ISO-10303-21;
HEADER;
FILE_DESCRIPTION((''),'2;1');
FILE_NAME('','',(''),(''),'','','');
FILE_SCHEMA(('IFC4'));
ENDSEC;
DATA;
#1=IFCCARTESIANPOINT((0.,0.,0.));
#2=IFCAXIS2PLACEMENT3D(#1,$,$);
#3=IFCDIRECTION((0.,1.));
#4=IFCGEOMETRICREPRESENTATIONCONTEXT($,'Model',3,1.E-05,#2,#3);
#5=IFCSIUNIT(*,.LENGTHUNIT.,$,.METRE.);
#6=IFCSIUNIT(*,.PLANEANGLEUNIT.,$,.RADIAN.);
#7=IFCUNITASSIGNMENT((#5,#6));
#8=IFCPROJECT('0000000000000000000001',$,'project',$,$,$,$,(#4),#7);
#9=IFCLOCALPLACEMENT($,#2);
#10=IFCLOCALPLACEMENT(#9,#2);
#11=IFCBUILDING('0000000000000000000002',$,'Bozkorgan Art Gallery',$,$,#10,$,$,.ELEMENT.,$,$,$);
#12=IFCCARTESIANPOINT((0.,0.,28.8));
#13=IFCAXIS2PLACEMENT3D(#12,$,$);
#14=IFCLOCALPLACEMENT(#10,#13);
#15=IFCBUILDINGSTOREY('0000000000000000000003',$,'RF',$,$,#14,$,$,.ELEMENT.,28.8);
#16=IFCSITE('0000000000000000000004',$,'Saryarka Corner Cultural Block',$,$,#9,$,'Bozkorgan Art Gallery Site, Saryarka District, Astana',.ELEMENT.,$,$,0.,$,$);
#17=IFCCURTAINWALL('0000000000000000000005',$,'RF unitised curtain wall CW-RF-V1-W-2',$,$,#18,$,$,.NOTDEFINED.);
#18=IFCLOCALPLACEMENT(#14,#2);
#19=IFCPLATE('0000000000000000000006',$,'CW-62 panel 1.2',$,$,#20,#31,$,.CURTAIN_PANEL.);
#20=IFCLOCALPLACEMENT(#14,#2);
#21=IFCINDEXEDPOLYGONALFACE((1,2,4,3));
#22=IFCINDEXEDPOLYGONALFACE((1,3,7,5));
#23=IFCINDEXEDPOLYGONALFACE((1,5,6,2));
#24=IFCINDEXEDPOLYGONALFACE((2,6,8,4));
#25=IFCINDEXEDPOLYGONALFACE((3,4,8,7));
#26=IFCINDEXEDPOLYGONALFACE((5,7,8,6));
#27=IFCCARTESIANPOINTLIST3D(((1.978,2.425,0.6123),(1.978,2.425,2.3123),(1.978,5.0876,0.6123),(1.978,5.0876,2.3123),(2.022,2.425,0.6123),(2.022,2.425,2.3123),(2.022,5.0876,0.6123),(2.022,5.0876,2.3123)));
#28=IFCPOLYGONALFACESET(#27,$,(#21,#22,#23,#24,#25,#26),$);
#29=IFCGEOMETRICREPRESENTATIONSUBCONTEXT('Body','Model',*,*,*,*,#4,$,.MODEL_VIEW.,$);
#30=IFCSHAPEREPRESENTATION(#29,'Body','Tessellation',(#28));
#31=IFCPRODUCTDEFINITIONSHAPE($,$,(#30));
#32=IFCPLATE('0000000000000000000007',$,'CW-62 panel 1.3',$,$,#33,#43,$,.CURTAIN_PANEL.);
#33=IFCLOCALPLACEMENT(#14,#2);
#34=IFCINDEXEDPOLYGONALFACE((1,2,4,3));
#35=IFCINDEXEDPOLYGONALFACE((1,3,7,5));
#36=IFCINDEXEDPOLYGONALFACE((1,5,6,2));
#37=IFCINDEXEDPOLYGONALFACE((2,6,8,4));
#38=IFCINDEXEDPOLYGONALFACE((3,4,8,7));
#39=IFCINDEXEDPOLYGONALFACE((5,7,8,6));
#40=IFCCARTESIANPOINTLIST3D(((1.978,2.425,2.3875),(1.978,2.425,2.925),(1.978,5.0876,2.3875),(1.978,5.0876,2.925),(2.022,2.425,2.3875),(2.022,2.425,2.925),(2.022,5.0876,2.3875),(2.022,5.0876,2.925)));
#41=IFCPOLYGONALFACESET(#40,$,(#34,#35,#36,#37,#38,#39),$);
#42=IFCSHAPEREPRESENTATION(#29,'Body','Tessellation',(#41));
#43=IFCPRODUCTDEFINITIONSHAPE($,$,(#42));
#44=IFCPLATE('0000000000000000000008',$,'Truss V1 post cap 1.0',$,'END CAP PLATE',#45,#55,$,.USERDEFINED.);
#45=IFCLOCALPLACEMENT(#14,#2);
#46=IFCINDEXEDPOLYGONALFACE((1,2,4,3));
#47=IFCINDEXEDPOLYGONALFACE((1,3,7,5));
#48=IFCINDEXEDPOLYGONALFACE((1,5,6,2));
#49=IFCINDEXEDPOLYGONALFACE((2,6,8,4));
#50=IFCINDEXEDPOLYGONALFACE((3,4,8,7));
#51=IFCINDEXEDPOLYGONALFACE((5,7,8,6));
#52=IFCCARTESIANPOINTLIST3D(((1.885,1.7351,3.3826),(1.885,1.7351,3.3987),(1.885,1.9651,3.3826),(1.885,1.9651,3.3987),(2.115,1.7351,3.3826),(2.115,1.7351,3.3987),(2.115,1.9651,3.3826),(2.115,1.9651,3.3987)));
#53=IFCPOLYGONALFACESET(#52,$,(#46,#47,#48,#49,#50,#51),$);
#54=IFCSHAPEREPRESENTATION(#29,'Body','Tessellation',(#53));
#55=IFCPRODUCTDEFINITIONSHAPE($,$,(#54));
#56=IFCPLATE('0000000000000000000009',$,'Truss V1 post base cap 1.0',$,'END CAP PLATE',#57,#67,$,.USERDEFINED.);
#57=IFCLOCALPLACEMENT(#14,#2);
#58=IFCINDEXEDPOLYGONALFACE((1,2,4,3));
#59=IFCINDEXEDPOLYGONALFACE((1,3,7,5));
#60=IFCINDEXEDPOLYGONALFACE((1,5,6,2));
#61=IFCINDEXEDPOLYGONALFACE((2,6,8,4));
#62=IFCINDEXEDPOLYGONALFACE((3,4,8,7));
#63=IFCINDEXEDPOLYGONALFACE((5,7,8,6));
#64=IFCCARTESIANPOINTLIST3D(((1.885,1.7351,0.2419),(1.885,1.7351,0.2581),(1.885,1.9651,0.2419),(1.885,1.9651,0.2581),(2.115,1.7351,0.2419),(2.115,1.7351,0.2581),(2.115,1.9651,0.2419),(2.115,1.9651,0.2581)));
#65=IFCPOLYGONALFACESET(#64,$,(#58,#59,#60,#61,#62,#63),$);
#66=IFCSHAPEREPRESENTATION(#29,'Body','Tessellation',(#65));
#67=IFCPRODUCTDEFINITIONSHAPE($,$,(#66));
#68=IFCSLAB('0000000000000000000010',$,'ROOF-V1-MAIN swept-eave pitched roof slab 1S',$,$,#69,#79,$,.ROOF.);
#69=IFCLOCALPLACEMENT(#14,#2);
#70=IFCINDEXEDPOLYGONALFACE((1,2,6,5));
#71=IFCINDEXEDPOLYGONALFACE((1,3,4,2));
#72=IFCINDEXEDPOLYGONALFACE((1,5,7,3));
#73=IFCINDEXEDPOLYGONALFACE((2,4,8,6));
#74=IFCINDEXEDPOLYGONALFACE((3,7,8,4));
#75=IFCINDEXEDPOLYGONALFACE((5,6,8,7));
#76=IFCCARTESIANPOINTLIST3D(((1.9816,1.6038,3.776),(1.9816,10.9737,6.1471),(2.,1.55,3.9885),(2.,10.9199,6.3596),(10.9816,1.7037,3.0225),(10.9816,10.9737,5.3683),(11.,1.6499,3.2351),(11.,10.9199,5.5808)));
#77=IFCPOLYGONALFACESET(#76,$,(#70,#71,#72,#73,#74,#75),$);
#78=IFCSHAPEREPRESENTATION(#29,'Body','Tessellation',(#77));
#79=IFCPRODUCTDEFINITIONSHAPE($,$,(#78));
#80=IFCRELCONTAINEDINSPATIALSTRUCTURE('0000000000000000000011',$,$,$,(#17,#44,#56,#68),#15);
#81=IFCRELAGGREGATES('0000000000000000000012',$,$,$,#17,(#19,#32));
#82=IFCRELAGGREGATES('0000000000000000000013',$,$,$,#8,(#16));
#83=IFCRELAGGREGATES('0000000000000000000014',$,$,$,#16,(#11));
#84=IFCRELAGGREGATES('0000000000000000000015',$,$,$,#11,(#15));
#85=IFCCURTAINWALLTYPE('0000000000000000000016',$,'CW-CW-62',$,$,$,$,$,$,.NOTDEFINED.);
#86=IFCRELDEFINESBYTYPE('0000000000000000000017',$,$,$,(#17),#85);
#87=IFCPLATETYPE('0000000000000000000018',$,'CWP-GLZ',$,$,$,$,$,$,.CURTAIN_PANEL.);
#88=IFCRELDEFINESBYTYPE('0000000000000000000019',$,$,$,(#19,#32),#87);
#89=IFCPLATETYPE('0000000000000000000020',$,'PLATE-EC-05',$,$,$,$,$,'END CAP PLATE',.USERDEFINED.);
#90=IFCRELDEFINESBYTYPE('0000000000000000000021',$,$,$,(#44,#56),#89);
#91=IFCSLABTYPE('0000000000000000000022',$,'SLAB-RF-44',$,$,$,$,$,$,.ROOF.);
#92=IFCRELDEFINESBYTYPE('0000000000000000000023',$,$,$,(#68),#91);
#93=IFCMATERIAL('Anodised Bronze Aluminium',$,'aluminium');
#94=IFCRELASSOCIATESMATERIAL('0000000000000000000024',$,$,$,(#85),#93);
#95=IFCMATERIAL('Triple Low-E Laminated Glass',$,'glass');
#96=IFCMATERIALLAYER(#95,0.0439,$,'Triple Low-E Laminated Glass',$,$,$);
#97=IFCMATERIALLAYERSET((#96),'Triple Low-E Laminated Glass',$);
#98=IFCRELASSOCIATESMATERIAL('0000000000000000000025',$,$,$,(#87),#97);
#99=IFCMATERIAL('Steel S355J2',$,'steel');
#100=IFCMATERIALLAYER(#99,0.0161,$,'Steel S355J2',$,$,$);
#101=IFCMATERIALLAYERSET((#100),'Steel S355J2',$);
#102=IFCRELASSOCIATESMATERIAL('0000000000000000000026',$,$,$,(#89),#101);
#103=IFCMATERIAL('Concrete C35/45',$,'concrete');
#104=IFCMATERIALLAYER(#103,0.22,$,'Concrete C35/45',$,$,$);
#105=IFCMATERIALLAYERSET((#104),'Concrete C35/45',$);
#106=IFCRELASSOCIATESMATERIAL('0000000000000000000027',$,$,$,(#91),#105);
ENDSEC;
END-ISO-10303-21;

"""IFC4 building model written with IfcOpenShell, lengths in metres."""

from ifc_helpers import new_model, si_unit, direction, frame, origin, origin_2d, place, context, subcontext, project, spatial, polyline, rectangle, outline, extrude, material, layer, layer_set, type_object, element, aggregate, save


model = new_model("IFC4")

# Units and contexts
model_context = context("Model", 3, precision=1e-05, world=origin(), true_north=direction((0.0, 1.0)))
body_context = subcontext(model_context, "Body", "Model", "MODEL_VIEW")
ifc_project = project(units=[si_unit("LENGTHUNIT", "METRE"), si_unit("PLANEANGLEUNIT", "RADIAN")], contexts=[model_context])

# Site, building, storey
site_placement = place(None, origin())
site = spatial("IfcSite", under=ifc_project, at=site_placement, Name="Saryarka Corner Cultural Block", LongName="Bozkorgan Art Gallery Site, Saryarka District, Astana", CompositionType="ELEMENT", RefElevation=0.0)
building_placement = place(site_placement, origin())
building = spatial("IfcBuilding", under=site, at=building_placement, Name="Bozkorgan Art Gallery", CompositionType="ELEMENT")
storey_placement = place(building_placement, frame((0.0, 0.0, 28.8)))
storey = spatial("IfcBuildingStorey", under=building, at=storey_placement, Name="RF", CompositionType="ELEMENT", Elevation=28.8)

# Shared definitions
ifc_material_1 = material(Name="Steel S355J2", Category="steel")

# Curtain wall
ifc_material_2 = material(Name="Anodised Bronze Aluminium", Category="aluminium")
curtain_wall_type_1 = type_object("IfcCurtainWallType", Name="CW-CW-62", PredefinedType="NOTDEFINED", material=ifc_material_2)
curtain_wall_1_placement = place(storey_placement, origin())
curtain_wall_1 = element("IfcCurtainWall", 1, at=curtain_wall_1_placement, inside=storey, type_object=curtain_wall_type_1, Name="RF unitised curtain wall CW-RF-V1-W-2", PredefinedType="NOTDEFINED")

# Plates
ifc_material_3 = material(Name="Triple Low-E Laminated Glass", Category="glass")
ifc_layer_1 = layer(ifc_material_3, 0.0439, Name="Triple Low-E Laminated Glass")
ifc_layer_set_1 = layer_set([ifc_layer_1], Name="Triple Low-E Laminated Glass")
plate_type_1 = type_object("IfcPlateType", Name="CWP-GLZ", PredefinedType="CURTAIN_PANEL", material=ifc_layer_set_1)
plate_1_placement = place(storey_placement, frame((2.0, 3.7563, 0.6123), z_axis=(0.0, 0.0, 1.0), x_axis=(0.0, 1.0, 0.0)))
plate_1 = element("IfcPlate", 2, at=plate_1_placement, type_object=plate_type_1, Name="CW-62 panel 1.2", PredefinedType="CURTAIN_PANEL", context=body_context, shape_type="SweptSolid", body=[
    extrude(rectangle(XDim=2.6626, YDim=0.0439, at=origin_2d()), origin(), (0.0, 0.0, 1.0), 1.7),
])
plate_2_placement = place(storey_placement, frame((2.0, 3.7563, 2.3875), z_axis=(0.0, 0.0, 1.0), x_axis=(0.0, 1.0, 0.0)))
plate_2 = element("IfcPlate", 3, at=plate_2_placement, type_object=plate_type_1, Name="CW-62 panel 1.3", PredefinedType="CURTAIN_PANEL", context=body_context, shape_type="SweptSolid", body=[
    extrude(rectangle(XDim=2.6626, YDim=0.0439, at=origin_2d()), origin(), (0.0, 0.0, 1.0), 0.5376),
])
aggregate(curtain_wall_1, [plate_1, plate_2])

# Plates
ifc_layer_2 = layer(ifc_material_1, 0.0161, Name="Steel S355J2")
ifc_layer_set_2 = layer_set([ifc_layer_2], Name="Steel S355J2")
plate_type_2 = type_object("IfcPlateType", Name="PLATE-EC-05", ElementType="END CAP PLATE", PredefinedType="USERDEFINED", material=ifc_layer_set_2)
for number, where, z_axis, x_axis, name in (
    (4, (2.0, 1.8501, 3.3826), (0.0, 0.0, 1.0), (1.0, 0.0, 0.0), "Truss V1 post cap 1.0"),
    (5, (2.0, 1.8501, 0.2419), (0.0, 0.0, 1.0), (1.0, 0.0, 0.0), "Truss V1 post base cap 1.0"),
):
    element("IfcPlate", number, at=place(storey_placement, frame(where, z_axis=z_axis, x_axis=x_axis)), inside=storey, type_object=plate_type_2, Name=name, ObjectType="END CAP PLATE", PredefinedType="USERDEFINED", context=body_context, shape_type="SweptSolid", body=[
        extrude(rectangle(XDim=0.23, YDim=0.23, at=origin_2d()), origin(), (0.0, 0.0, 1.0), 0.0161),
    ])

# Slab
ifc_material_4 = material(Name="Concrete C35/45", Category="concrete")
ifc_layer_3 = layer(ifc_material_4, 0.22, Name="Concrete C35/45")
ifc_layer_set_3 = layer_set([ifc_layer_3], Name="Concrete C35/45")
slab_type = type_object("IfcSlabType", Name="SLAB-RF-44", PredefinedType="ROOF", material=ifc_layer_set_3)
slab_placement = place(storey_placement, frame((2.0, 1.55, 3.9885), z_axis=(0.08359, -0.244458, 0.96605), x_axis=(0.996453, 0.011057, -0.083423)))
element("IfcSlab", 6, at=slab_placement, inside=storey, type_object=slab_type, Name="ROOF-V1-MAIN swept-eave pitched roof slab 1S", PredefinedType="ROOF", context=body_context, shape_type="SweptSolid", body=[
    extrude(outline(polyline([(0.0, 0.0), (9.032, 0.0), (8.9388, 9.5617), (-0.0942, 9.6648), (0.0, 0.0)])), origin(), (0.0, 0.0, -1.0), 0.22),
])

save(model, "model.ifc")
